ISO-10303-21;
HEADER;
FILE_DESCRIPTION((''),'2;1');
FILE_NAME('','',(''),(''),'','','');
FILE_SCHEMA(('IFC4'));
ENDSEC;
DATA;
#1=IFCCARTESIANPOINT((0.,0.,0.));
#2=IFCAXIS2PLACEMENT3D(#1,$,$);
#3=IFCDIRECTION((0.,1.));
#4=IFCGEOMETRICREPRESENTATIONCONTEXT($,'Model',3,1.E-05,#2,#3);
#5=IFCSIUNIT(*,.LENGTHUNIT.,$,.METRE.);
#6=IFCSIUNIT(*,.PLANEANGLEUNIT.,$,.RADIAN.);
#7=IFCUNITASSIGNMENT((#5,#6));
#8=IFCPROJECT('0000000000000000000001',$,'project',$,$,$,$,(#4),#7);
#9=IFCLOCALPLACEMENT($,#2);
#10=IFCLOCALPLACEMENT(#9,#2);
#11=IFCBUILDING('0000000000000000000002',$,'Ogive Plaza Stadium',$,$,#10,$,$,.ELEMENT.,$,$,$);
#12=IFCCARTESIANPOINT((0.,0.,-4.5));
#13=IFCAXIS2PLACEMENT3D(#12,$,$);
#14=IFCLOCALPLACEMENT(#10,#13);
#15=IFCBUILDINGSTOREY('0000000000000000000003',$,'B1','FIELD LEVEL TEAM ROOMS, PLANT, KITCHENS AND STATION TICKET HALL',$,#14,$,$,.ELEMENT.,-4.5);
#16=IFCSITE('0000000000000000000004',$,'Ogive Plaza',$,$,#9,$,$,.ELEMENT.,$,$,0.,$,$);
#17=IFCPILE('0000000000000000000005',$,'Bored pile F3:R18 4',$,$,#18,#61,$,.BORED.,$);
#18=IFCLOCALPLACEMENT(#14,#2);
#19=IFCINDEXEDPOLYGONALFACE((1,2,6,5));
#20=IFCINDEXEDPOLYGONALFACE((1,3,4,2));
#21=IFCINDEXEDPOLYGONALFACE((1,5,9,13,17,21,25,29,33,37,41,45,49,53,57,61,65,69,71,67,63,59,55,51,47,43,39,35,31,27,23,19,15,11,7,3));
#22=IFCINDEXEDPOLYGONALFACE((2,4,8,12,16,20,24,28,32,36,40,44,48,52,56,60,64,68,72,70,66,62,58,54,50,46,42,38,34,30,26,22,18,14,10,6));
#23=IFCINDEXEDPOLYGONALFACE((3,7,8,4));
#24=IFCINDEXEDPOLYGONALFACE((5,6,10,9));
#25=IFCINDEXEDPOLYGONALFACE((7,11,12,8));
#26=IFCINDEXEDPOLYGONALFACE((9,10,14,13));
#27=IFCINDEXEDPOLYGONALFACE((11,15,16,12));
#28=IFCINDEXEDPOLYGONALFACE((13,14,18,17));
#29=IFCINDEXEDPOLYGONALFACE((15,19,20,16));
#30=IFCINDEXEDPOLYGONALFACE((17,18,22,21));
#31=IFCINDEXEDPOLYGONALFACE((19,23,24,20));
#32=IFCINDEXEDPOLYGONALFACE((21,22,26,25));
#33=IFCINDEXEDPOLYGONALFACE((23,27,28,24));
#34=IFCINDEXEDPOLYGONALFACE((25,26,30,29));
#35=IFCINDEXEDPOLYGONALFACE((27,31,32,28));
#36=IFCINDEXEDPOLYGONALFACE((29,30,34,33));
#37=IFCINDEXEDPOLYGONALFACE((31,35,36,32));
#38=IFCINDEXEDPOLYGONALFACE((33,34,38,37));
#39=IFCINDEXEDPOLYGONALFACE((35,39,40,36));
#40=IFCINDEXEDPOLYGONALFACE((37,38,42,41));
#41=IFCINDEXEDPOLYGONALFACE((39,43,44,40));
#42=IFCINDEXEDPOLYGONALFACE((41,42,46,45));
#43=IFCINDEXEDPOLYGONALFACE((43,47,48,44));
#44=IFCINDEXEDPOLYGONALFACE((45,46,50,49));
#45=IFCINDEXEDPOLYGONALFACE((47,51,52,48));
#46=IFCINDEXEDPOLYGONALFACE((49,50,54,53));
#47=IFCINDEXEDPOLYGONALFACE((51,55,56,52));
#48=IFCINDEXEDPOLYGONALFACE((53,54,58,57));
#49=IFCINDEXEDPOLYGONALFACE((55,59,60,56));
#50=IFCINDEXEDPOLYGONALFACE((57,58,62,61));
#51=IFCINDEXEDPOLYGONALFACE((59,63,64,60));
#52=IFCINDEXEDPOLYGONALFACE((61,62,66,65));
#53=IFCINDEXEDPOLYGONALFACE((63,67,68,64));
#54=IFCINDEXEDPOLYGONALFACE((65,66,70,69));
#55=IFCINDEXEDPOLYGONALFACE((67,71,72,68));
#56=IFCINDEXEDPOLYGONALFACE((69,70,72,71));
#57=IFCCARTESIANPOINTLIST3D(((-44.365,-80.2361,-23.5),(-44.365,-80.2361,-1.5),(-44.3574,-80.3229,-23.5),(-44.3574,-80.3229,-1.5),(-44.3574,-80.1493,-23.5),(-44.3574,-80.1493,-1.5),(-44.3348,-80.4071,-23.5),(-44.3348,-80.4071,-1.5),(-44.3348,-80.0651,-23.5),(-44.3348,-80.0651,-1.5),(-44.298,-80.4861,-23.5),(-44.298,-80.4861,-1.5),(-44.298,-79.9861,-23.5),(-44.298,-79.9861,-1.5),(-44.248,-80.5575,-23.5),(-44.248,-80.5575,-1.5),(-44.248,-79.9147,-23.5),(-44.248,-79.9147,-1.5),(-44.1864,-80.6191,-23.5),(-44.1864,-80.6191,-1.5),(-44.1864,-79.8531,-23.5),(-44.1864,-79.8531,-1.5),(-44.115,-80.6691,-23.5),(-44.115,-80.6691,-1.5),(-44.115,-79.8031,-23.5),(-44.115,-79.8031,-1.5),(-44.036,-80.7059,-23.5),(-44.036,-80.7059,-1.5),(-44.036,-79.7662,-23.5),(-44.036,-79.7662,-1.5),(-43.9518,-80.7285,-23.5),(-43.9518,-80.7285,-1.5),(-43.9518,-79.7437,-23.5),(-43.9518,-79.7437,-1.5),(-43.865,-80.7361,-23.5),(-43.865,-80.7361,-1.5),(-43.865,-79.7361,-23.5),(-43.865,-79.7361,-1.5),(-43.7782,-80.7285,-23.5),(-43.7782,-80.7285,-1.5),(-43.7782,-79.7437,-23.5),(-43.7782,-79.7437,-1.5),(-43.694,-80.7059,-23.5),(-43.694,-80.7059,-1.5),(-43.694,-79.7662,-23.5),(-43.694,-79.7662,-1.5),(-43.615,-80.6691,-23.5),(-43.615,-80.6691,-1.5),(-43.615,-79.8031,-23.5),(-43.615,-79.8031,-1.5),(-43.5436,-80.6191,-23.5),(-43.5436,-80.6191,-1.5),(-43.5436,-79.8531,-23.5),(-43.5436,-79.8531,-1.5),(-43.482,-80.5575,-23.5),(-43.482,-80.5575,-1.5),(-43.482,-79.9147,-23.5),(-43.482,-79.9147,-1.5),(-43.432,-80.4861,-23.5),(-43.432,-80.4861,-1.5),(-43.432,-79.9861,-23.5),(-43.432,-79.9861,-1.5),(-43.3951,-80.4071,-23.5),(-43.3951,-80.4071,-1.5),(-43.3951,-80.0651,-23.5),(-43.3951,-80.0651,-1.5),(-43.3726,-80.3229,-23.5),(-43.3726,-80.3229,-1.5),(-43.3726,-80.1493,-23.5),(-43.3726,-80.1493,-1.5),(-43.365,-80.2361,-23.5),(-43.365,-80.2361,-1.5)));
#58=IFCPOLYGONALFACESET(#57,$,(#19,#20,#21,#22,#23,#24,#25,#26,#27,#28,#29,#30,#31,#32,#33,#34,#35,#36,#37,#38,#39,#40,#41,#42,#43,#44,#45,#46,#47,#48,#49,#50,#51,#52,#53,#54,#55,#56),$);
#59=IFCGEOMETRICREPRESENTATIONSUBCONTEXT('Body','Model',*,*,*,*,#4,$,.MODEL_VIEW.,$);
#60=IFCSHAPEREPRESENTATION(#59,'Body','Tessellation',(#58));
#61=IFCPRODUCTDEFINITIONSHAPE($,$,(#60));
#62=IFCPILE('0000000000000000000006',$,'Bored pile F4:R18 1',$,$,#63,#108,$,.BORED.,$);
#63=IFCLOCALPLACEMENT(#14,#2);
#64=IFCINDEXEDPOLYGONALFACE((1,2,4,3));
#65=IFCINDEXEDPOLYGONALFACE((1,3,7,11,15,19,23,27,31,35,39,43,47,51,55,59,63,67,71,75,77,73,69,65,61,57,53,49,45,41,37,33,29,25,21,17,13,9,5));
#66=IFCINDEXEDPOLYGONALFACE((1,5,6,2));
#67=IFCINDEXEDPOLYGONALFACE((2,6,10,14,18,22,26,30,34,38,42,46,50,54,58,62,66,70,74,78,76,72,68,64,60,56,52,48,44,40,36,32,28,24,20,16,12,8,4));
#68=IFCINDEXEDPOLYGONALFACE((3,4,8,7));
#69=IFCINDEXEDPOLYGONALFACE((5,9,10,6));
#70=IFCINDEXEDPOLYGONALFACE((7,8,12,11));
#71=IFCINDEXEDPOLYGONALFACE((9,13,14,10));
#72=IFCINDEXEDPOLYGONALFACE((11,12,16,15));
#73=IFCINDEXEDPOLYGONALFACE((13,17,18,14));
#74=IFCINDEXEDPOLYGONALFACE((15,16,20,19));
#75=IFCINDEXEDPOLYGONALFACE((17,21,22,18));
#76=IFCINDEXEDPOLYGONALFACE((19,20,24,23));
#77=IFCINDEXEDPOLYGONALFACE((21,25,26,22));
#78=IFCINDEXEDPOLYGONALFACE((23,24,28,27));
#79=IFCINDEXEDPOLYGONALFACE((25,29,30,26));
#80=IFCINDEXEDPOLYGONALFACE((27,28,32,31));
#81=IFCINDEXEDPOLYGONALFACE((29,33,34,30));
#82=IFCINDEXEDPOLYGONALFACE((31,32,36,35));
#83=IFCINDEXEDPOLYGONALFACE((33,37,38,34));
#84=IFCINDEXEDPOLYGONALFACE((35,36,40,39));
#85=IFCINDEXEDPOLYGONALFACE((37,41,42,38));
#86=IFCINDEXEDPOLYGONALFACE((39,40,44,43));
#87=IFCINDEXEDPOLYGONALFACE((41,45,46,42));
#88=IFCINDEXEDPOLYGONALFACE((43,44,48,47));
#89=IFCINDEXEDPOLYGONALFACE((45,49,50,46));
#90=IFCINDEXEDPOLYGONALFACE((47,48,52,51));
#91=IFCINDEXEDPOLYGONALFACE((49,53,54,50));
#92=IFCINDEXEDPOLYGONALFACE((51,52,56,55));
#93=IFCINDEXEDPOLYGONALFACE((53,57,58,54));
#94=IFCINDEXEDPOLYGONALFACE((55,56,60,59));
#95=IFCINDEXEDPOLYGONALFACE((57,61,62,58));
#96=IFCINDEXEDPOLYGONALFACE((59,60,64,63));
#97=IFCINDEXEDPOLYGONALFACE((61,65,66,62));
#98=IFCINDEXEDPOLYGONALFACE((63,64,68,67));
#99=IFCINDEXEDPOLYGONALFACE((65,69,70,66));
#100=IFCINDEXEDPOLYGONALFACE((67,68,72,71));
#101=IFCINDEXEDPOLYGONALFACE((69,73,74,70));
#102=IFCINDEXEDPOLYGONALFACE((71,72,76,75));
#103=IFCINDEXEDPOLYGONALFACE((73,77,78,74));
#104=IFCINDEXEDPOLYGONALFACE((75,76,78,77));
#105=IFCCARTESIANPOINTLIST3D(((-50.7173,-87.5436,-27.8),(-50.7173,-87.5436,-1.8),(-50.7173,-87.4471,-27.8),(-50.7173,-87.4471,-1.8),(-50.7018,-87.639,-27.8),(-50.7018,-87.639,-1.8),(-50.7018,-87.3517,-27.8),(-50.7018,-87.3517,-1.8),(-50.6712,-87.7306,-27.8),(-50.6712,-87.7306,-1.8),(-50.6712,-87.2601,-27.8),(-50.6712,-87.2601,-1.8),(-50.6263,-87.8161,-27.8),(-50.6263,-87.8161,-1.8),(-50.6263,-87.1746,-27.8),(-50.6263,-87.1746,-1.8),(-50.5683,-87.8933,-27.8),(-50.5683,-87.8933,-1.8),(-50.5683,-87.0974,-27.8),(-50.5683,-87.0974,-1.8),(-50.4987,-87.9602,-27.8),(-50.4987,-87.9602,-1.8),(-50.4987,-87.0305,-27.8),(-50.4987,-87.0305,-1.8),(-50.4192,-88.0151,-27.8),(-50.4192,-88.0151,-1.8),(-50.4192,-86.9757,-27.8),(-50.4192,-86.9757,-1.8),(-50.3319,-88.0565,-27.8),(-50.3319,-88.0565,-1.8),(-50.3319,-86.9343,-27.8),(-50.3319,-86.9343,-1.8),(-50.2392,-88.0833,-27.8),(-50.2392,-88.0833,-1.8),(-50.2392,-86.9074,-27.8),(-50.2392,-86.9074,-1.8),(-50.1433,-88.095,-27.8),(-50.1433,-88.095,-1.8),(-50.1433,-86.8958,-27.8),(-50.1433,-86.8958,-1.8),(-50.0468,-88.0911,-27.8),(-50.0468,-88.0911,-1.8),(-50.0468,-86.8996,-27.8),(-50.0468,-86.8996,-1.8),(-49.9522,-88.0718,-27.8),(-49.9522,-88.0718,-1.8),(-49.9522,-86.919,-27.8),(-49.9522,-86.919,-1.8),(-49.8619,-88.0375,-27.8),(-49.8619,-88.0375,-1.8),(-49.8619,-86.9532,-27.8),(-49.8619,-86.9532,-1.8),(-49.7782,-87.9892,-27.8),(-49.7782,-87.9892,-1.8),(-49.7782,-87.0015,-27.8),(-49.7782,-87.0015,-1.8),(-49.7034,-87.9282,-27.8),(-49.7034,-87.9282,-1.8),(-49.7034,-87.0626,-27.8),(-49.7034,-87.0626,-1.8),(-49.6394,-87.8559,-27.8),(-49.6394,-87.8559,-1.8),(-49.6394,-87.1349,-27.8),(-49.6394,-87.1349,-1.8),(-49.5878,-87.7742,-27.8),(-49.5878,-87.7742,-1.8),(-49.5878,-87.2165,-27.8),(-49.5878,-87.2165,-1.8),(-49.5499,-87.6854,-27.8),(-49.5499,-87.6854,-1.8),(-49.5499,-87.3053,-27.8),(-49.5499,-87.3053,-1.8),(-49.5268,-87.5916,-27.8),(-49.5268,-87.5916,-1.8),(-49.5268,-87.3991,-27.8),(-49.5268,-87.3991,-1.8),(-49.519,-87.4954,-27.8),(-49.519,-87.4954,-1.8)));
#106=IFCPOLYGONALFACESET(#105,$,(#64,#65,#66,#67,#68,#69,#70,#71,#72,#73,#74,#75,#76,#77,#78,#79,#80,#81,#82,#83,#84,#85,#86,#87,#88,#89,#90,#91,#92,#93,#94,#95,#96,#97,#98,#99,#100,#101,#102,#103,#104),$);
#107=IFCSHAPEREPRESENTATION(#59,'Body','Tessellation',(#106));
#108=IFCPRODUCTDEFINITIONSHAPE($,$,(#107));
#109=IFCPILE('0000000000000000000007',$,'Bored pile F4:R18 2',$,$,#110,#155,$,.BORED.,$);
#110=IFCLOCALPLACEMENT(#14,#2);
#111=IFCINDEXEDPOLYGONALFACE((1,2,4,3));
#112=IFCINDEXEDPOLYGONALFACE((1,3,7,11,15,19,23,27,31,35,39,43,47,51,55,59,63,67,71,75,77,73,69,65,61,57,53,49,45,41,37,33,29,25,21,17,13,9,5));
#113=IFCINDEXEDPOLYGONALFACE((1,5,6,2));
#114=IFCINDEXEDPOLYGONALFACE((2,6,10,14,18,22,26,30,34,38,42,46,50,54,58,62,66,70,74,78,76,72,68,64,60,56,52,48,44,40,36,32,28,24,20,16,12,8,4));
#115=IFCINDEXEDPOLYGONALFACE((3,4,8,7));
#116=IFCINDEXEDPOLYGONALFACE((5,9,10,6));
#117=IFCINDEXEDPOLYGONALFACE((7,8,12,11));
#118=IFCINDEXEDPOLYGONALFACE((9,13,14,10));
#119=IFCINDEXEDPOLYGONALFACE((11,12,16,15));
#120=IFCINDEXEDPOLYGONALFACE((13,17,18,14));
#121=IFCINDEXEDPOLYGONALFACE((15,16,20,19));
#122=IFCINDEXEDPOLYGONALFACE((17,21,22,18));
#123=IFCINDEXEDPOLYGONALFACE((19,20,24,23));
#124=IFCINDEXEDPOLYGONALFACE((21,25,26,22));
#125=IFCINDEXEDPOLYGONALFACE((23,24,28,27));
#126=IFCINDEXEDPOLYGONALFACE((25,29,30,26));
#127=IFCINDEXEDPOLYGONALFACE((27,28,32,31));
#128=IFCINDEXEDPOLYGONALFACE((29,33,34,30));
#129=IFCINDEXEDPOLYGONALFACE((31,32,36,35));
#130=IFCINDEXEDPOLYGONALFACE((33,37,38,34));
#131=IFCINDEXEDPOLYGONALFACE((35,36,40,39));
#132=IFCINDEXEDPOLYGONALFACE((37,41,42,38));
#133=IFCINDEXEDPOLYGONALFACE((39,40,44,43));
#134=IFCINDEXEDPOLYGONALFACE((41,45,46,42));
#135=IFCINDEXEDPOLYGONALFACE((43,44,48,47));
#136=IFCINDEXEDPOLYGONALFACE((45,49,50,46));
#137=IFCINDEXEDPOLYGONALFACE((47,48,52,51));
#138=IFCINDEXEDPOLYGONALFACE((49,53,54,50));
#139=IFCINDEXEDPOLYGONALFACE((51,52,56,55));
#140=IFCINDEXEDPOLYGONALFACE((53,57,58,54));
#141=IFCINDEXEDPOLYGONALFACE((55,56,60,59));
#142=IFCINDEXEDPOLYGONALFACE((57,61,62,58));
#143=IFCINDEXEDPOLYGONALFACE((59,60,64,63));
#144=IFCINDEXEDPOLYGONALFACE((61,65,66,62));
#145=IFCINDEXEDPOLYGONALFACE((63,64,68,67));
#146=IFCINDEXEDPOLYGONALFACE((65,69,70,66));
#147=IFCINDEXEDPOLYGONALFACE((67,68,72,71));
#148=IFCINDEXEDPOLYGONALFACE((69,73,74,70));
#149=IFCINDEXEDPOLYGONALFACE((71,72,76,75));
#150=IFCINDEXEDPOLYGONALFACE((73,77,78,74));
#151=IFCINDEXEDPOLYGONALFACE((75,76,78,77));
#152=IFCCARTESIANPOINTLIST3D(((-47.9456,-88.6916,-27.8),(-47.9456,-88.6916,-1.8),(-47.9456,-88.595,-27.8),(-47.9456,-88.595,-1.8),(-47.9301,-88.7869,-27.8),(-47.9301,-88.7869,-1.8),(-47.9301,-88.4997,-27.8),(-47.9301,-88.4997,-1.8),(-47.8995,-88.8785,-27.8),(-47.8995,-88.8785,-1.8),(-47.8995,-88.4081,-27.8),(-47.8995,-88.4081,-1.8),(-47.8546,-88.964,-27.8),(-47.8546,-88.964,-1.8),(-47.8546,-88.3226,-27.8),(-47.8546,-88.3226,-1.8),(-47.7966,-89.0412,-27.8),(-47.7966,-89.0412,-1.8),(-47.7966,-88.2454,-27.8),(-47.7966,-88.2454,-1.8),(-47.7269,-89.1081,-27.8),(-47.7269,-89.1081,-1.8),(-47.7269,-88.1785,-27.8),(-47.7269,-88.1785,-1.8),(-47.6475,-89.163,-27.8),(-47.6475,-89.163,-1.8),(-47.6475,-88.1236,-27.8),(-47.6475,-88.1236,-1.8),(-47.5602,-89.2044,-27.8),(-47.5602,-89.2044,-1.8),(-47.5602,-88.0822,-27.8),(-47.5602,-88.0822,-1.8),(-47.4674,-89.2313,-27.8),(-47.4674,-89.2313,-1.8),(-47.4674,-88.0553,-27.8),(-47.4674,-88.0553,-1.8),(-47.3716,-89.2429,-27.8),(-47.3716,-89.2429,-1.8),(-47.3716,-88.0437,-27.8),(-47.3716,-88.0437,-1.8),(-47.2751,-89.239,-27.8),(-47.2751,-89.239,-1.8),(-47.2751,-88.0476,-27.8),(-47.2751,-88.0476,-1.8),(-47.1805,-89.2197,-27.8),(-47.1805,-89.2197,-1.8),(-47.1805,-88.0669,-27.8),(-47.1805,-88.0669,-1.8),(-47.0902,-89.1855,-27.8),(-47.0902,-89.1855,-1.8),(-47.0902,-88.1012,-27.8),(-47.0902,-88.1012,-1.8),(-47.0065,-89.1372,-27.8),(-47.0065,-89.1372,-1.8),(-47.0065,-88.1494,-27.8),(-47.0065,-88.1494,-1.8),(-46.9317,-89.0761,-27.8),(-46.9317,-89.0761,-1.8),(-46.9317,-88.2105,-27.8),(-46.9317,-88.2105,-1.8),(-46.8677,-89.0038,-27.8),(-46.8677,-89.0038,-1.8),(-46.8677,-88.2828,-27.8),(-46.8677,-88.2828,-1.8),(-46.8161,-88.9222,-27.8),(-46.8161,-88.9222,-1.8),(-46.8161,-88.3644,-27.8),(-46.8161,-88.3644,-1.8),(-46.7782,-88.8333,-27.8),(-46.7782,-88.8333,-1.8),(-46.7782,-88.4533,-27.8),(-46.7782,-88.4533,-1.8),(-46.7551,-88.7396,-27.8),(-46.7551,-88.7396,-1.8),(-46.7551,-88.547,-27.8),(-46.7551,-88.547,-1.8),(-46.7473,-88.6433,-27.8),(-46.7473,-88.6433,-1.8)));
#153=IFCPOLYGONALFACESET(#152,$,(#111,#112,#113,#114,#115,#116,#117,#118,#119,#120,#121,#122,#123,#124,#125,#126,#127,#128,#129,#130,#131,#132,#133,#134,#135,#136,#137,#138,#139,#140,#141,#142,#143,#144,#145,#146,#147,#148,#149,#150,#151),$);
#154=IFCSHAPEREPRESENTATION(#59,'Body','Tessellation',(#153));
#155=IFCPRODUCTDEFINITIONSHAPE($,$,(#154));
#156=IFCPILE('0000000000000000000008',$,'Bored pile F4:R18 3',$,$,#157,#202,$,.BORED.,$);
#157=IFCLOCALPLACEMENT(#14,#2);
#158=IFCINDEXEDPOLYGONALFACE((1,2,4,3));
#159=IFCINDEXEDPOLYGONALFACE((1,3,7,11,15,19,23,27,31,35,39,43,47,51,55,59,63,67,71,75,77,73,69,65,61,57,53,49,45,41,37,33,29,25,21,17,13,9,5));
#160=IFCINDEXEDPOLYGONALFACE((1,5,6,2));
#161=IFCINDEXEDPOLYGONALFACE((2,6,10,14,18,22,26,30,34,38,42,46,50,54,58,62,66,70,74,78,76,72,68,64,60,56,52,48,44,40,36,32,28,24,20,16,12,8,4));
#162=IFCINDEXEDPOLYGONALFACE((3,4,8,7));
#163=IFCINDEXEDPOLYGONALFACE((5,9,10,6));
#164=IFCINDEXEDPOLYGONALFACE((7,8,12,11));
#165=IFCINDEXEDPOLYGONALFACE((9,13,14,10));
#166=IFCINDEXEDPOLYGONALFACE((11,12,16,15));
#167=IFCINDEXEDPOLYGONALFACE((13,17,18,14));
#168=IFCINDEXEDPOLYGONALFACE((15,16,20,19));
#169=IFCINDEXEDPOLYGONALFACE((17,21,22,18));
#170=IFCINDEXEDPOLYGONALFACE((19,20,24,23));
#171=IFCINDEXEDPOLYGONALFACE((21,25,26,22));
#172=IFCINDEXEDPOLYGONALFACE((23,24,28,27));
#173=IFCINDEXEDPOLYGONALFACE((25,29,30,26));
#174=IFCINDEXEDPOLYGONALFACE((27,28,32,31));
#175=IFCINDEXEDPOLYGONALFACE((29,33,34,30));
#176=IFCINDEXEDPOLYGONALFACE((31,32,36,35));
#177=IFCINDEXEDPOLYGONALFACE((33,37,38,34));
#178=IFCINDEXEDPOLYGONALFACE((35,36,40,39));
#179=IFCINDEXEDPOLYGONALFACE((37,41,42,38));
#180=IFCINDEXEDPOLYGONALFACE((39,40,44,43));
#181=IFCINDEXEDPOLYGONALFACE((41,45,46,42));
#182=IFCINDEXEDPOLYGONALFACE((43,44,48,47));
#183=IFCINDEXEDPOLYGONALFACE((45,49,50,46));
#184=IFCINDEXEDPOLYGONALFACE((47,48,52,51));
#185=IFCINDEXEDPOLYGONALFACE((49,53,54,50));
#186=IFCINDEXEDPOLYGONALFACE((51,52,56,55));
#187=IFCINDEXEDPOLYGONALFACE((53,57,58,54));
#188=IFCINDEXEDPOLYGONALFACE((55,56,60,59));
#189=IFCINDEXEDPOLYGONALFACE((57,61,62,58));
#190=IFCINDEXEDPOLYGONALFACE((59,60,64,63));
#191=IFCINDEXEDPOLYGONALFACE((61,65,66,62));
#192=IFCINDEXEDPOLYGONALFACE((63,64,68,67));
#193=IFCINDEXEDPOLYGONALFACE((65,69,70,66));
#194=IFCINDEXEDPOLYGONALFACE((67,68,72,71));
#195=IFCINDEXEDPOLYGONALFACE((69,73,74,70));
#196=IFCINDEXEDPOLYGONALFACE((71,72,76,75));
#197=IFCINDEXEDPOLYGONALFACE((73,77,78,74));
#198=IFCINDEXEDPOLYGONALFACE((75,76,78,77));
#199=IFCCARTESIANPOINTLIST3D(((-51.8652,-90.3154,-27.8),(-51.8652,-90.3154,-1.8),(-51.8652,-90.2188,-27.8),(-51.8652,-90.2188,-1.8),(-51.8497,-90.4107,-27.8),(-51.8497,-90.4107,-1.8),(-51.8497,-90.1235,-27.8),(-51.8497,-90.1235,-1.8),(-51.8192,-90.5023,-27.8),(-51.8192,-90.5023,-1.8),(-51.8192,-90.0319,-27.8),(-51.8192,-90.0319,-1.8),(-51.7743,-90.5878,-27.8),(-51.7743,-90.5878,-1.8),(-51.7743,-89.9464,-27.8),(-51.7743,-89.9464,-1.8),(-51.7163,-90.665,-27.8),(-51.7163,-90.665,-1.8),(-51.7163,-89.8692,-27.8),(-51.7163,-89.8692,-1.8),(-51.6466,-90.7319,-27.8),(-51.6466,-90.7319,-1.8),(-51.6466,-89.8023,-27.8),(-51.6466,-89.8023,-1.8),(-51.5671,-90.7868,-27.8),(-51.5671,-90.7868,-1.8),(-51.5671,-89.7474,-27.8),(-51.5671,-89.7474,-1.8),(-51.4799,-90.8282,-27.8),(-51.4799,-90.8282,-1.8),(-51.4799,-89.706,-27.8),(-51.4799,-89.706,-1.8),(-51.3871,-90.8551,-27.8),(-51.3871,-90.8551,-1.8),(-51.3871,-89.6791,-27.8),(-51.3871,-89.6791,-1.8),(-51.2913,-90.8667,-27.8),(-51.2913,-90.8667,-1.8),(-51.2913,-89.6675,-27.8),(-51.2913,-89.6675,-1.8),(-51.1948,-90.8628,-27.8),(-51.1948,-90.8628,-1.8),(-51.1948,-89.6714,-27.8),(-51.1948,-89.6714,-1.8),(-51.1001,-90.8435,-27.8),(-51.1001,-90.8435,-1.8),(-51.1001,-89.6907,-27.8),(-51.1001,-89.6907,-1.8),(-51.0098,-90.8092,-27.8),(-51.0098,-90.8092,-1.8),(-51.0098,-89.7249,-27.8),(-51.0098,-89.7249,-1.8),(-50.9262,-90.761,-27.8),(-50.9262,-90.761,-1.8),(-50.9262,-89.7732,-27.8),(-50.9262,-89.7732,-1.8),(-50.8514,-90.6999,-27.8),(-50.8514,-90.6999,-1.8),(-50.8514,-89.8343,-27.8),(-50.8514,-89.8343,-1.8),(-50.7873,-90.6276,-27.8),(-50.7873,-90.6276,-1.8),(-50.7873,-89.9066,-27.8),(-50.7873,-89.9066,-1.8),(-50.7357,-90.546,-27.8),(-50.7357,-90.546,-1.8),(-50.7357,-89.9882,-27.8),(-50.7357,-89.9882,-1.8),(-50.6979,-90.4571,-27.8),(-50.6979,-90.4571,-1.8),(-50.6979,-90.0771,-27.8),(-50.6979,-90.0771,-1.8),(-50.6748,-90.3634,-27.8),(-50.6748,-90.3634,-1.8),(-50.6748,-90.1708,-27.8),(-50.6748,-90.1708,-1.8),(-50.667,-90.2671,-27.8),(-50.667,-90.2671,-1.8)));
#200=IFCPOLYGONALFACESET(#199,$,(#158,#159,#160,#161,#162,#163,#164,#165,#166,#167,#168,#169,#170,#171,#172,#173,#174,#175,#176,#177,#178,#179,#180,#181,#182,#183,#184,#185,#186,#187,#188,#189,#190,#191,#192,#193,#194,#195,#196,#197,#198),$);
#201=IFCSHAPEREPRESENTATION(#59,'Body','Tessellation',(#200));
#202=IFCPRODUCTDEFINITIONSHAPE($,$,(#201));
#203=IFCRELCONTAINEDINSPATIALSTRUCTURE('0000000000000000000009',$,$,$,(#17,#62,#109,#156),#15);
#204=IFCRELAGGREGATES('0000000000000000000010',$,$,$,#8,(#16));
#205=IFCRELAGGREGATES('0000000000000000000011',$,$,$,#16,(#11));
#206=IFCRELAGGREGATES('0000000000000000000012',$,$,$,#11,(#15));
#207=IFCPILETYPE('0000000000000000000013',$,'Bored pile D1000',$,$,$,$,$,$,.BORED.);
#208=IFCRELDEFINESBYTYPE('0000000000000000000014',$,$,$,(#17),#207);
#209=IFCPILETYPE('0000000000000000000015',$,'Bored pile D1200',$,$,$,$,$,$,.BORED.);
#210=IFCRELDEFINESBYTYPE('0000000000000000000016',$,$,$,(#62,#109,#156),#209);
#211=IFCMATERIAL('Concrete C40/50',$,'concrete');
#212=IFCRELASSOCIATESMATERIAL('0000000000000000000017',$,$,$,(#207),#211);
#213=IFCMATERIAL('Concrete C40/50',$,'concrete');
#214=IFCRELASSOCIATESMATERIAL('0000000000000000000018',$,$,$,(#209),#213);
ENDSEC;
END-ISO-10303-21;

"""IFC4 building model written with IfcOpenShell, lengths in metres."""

from ifc_helpers import new_model, si_unit, direction, frame, origin, origin_2d, place, context, subcontext, project, spatial, circle, extrude, material, material_profile, profile_set, type_object, element, save


model = new_model("IFC4")

# Units and contexts
model_context = context("Model", 3, precision=1e-05, world=origin(), true_north=direction((0.0, 1.0)))
body_context = subcontext(model_context, "Body", "Model", "MODEL_VIEW")
ifc_project = project(units=[si_unit("LENGTHUNIT", "METRE"), si_unit("PLANEANGLEUNIT", "RADIAN")], contexts=[model_context])

# Site, building, storey
site_placement = place(None, origin())
site = spatial("IfcSite", under=ifc_project, at=site_placement, Name="Ogive Plaza", CompositionType="ELEMENT", RefElevation=0.0)
building_placement = place(site_placement, origin())
building = spatial("IfcBuilding", under=site, at=building_placement, Name="Ogive Plaza Stadium", CompositionType="ELEMENT")
storey_placement = place(building_placement, frame((0.0, 0.0, -4.5)))
storey = spatial("IfcBuildingStorey", under=building, at=storey_placement, Name="B1", Description="FIELD LEVEL TEAM ROOMS, PLANT, KITCHENS AND STATION TICKET HALL", CompositionType="ELEMENT", Elevation=-4.5)

# Piles
ifc_material_1 = material(Name="Concrete C40/50", Category="concrete")
ifc_material_profile_1 = material_profile(ifc_material_1, circle(Radius=0.5, at=origin_2d()), Name="RC D1000")
ifc_profile_set_1 = profile_set([ifc_material_profile_1], Name="Concrete C40/50")
pile_type_1 = type_object("IfcPileType", Name="Bored pile D1000", PredefinedType="BORED", material=ifc_profile_set_1)
pile_1_placement = place(storey_placement, frame((-43.865, -80.2361, -1.5), z_axis=(0.0, 0.0, -1.0), x_axis=(1.0, 0.0, 0.0)))
element("IfcPile", 1, at=pile_1_placement, inside=storey, type_object=pile_type_1, Name="Bored pile F3:R18 4", PredefinedType="BORED", context=body_context, shape_type="SweptSolid", body=[
    extrude(circle(Radius=0.5, at=origin_2d()), origin(), (0.0, 0.0, 1.0), 22.0),
])
ifc_material_2 = material(Name="Concrete C40/50", Category="concrete")
ifc_material_profile_2 = material_profile(ifc_material_2, circle(Radius=0.6001, at=origin_2d()), Name="RC D1200")
ifc_profile_set_2 = profile_set([ifc_material_profile_2], Name="Concrete C40/50")
pile_type_2 = type_object("IfcPileType", Name="Bored pile D1200", PredefinedType="BORED", material=ifc_profile_set_2)
for number, where, z_axis, x_axis, name in (
    (2, (-50.1191, -87.4954, -1.8), (0.0, 0.0, -1.0), (1.0, 0.0, 0.0), "Bored pile F4:R18 1"),
    (3, (-47.3474, -88.6433, -1.8), (0.0, 0.0, -1.0), (1.0, 0.0, 0.0), "Bored pile F4:R18 2"),
    (4, (-51.2671, -90.2671, -1.8), (0.0, 0.0, -1.0), (1.0, 0.0, 0.0), "Bored pile F4:R18 3"),
):
    element("IfcPile", number, at=place(storey_placement, frame(where, z_axis=z_axis, x_axis=x_axis)), inside=storey, type_object=pile_type_2, Name=name, PredefinedType="BORED", context=body_context, shape_type="SweptSolid", body=[
        extrude(circle(Radius=0.6001, at=origin_2d()), origin(), (0.0, 0.0, 1.0), 26.0),
    ])

save(model, "model.ifc")
